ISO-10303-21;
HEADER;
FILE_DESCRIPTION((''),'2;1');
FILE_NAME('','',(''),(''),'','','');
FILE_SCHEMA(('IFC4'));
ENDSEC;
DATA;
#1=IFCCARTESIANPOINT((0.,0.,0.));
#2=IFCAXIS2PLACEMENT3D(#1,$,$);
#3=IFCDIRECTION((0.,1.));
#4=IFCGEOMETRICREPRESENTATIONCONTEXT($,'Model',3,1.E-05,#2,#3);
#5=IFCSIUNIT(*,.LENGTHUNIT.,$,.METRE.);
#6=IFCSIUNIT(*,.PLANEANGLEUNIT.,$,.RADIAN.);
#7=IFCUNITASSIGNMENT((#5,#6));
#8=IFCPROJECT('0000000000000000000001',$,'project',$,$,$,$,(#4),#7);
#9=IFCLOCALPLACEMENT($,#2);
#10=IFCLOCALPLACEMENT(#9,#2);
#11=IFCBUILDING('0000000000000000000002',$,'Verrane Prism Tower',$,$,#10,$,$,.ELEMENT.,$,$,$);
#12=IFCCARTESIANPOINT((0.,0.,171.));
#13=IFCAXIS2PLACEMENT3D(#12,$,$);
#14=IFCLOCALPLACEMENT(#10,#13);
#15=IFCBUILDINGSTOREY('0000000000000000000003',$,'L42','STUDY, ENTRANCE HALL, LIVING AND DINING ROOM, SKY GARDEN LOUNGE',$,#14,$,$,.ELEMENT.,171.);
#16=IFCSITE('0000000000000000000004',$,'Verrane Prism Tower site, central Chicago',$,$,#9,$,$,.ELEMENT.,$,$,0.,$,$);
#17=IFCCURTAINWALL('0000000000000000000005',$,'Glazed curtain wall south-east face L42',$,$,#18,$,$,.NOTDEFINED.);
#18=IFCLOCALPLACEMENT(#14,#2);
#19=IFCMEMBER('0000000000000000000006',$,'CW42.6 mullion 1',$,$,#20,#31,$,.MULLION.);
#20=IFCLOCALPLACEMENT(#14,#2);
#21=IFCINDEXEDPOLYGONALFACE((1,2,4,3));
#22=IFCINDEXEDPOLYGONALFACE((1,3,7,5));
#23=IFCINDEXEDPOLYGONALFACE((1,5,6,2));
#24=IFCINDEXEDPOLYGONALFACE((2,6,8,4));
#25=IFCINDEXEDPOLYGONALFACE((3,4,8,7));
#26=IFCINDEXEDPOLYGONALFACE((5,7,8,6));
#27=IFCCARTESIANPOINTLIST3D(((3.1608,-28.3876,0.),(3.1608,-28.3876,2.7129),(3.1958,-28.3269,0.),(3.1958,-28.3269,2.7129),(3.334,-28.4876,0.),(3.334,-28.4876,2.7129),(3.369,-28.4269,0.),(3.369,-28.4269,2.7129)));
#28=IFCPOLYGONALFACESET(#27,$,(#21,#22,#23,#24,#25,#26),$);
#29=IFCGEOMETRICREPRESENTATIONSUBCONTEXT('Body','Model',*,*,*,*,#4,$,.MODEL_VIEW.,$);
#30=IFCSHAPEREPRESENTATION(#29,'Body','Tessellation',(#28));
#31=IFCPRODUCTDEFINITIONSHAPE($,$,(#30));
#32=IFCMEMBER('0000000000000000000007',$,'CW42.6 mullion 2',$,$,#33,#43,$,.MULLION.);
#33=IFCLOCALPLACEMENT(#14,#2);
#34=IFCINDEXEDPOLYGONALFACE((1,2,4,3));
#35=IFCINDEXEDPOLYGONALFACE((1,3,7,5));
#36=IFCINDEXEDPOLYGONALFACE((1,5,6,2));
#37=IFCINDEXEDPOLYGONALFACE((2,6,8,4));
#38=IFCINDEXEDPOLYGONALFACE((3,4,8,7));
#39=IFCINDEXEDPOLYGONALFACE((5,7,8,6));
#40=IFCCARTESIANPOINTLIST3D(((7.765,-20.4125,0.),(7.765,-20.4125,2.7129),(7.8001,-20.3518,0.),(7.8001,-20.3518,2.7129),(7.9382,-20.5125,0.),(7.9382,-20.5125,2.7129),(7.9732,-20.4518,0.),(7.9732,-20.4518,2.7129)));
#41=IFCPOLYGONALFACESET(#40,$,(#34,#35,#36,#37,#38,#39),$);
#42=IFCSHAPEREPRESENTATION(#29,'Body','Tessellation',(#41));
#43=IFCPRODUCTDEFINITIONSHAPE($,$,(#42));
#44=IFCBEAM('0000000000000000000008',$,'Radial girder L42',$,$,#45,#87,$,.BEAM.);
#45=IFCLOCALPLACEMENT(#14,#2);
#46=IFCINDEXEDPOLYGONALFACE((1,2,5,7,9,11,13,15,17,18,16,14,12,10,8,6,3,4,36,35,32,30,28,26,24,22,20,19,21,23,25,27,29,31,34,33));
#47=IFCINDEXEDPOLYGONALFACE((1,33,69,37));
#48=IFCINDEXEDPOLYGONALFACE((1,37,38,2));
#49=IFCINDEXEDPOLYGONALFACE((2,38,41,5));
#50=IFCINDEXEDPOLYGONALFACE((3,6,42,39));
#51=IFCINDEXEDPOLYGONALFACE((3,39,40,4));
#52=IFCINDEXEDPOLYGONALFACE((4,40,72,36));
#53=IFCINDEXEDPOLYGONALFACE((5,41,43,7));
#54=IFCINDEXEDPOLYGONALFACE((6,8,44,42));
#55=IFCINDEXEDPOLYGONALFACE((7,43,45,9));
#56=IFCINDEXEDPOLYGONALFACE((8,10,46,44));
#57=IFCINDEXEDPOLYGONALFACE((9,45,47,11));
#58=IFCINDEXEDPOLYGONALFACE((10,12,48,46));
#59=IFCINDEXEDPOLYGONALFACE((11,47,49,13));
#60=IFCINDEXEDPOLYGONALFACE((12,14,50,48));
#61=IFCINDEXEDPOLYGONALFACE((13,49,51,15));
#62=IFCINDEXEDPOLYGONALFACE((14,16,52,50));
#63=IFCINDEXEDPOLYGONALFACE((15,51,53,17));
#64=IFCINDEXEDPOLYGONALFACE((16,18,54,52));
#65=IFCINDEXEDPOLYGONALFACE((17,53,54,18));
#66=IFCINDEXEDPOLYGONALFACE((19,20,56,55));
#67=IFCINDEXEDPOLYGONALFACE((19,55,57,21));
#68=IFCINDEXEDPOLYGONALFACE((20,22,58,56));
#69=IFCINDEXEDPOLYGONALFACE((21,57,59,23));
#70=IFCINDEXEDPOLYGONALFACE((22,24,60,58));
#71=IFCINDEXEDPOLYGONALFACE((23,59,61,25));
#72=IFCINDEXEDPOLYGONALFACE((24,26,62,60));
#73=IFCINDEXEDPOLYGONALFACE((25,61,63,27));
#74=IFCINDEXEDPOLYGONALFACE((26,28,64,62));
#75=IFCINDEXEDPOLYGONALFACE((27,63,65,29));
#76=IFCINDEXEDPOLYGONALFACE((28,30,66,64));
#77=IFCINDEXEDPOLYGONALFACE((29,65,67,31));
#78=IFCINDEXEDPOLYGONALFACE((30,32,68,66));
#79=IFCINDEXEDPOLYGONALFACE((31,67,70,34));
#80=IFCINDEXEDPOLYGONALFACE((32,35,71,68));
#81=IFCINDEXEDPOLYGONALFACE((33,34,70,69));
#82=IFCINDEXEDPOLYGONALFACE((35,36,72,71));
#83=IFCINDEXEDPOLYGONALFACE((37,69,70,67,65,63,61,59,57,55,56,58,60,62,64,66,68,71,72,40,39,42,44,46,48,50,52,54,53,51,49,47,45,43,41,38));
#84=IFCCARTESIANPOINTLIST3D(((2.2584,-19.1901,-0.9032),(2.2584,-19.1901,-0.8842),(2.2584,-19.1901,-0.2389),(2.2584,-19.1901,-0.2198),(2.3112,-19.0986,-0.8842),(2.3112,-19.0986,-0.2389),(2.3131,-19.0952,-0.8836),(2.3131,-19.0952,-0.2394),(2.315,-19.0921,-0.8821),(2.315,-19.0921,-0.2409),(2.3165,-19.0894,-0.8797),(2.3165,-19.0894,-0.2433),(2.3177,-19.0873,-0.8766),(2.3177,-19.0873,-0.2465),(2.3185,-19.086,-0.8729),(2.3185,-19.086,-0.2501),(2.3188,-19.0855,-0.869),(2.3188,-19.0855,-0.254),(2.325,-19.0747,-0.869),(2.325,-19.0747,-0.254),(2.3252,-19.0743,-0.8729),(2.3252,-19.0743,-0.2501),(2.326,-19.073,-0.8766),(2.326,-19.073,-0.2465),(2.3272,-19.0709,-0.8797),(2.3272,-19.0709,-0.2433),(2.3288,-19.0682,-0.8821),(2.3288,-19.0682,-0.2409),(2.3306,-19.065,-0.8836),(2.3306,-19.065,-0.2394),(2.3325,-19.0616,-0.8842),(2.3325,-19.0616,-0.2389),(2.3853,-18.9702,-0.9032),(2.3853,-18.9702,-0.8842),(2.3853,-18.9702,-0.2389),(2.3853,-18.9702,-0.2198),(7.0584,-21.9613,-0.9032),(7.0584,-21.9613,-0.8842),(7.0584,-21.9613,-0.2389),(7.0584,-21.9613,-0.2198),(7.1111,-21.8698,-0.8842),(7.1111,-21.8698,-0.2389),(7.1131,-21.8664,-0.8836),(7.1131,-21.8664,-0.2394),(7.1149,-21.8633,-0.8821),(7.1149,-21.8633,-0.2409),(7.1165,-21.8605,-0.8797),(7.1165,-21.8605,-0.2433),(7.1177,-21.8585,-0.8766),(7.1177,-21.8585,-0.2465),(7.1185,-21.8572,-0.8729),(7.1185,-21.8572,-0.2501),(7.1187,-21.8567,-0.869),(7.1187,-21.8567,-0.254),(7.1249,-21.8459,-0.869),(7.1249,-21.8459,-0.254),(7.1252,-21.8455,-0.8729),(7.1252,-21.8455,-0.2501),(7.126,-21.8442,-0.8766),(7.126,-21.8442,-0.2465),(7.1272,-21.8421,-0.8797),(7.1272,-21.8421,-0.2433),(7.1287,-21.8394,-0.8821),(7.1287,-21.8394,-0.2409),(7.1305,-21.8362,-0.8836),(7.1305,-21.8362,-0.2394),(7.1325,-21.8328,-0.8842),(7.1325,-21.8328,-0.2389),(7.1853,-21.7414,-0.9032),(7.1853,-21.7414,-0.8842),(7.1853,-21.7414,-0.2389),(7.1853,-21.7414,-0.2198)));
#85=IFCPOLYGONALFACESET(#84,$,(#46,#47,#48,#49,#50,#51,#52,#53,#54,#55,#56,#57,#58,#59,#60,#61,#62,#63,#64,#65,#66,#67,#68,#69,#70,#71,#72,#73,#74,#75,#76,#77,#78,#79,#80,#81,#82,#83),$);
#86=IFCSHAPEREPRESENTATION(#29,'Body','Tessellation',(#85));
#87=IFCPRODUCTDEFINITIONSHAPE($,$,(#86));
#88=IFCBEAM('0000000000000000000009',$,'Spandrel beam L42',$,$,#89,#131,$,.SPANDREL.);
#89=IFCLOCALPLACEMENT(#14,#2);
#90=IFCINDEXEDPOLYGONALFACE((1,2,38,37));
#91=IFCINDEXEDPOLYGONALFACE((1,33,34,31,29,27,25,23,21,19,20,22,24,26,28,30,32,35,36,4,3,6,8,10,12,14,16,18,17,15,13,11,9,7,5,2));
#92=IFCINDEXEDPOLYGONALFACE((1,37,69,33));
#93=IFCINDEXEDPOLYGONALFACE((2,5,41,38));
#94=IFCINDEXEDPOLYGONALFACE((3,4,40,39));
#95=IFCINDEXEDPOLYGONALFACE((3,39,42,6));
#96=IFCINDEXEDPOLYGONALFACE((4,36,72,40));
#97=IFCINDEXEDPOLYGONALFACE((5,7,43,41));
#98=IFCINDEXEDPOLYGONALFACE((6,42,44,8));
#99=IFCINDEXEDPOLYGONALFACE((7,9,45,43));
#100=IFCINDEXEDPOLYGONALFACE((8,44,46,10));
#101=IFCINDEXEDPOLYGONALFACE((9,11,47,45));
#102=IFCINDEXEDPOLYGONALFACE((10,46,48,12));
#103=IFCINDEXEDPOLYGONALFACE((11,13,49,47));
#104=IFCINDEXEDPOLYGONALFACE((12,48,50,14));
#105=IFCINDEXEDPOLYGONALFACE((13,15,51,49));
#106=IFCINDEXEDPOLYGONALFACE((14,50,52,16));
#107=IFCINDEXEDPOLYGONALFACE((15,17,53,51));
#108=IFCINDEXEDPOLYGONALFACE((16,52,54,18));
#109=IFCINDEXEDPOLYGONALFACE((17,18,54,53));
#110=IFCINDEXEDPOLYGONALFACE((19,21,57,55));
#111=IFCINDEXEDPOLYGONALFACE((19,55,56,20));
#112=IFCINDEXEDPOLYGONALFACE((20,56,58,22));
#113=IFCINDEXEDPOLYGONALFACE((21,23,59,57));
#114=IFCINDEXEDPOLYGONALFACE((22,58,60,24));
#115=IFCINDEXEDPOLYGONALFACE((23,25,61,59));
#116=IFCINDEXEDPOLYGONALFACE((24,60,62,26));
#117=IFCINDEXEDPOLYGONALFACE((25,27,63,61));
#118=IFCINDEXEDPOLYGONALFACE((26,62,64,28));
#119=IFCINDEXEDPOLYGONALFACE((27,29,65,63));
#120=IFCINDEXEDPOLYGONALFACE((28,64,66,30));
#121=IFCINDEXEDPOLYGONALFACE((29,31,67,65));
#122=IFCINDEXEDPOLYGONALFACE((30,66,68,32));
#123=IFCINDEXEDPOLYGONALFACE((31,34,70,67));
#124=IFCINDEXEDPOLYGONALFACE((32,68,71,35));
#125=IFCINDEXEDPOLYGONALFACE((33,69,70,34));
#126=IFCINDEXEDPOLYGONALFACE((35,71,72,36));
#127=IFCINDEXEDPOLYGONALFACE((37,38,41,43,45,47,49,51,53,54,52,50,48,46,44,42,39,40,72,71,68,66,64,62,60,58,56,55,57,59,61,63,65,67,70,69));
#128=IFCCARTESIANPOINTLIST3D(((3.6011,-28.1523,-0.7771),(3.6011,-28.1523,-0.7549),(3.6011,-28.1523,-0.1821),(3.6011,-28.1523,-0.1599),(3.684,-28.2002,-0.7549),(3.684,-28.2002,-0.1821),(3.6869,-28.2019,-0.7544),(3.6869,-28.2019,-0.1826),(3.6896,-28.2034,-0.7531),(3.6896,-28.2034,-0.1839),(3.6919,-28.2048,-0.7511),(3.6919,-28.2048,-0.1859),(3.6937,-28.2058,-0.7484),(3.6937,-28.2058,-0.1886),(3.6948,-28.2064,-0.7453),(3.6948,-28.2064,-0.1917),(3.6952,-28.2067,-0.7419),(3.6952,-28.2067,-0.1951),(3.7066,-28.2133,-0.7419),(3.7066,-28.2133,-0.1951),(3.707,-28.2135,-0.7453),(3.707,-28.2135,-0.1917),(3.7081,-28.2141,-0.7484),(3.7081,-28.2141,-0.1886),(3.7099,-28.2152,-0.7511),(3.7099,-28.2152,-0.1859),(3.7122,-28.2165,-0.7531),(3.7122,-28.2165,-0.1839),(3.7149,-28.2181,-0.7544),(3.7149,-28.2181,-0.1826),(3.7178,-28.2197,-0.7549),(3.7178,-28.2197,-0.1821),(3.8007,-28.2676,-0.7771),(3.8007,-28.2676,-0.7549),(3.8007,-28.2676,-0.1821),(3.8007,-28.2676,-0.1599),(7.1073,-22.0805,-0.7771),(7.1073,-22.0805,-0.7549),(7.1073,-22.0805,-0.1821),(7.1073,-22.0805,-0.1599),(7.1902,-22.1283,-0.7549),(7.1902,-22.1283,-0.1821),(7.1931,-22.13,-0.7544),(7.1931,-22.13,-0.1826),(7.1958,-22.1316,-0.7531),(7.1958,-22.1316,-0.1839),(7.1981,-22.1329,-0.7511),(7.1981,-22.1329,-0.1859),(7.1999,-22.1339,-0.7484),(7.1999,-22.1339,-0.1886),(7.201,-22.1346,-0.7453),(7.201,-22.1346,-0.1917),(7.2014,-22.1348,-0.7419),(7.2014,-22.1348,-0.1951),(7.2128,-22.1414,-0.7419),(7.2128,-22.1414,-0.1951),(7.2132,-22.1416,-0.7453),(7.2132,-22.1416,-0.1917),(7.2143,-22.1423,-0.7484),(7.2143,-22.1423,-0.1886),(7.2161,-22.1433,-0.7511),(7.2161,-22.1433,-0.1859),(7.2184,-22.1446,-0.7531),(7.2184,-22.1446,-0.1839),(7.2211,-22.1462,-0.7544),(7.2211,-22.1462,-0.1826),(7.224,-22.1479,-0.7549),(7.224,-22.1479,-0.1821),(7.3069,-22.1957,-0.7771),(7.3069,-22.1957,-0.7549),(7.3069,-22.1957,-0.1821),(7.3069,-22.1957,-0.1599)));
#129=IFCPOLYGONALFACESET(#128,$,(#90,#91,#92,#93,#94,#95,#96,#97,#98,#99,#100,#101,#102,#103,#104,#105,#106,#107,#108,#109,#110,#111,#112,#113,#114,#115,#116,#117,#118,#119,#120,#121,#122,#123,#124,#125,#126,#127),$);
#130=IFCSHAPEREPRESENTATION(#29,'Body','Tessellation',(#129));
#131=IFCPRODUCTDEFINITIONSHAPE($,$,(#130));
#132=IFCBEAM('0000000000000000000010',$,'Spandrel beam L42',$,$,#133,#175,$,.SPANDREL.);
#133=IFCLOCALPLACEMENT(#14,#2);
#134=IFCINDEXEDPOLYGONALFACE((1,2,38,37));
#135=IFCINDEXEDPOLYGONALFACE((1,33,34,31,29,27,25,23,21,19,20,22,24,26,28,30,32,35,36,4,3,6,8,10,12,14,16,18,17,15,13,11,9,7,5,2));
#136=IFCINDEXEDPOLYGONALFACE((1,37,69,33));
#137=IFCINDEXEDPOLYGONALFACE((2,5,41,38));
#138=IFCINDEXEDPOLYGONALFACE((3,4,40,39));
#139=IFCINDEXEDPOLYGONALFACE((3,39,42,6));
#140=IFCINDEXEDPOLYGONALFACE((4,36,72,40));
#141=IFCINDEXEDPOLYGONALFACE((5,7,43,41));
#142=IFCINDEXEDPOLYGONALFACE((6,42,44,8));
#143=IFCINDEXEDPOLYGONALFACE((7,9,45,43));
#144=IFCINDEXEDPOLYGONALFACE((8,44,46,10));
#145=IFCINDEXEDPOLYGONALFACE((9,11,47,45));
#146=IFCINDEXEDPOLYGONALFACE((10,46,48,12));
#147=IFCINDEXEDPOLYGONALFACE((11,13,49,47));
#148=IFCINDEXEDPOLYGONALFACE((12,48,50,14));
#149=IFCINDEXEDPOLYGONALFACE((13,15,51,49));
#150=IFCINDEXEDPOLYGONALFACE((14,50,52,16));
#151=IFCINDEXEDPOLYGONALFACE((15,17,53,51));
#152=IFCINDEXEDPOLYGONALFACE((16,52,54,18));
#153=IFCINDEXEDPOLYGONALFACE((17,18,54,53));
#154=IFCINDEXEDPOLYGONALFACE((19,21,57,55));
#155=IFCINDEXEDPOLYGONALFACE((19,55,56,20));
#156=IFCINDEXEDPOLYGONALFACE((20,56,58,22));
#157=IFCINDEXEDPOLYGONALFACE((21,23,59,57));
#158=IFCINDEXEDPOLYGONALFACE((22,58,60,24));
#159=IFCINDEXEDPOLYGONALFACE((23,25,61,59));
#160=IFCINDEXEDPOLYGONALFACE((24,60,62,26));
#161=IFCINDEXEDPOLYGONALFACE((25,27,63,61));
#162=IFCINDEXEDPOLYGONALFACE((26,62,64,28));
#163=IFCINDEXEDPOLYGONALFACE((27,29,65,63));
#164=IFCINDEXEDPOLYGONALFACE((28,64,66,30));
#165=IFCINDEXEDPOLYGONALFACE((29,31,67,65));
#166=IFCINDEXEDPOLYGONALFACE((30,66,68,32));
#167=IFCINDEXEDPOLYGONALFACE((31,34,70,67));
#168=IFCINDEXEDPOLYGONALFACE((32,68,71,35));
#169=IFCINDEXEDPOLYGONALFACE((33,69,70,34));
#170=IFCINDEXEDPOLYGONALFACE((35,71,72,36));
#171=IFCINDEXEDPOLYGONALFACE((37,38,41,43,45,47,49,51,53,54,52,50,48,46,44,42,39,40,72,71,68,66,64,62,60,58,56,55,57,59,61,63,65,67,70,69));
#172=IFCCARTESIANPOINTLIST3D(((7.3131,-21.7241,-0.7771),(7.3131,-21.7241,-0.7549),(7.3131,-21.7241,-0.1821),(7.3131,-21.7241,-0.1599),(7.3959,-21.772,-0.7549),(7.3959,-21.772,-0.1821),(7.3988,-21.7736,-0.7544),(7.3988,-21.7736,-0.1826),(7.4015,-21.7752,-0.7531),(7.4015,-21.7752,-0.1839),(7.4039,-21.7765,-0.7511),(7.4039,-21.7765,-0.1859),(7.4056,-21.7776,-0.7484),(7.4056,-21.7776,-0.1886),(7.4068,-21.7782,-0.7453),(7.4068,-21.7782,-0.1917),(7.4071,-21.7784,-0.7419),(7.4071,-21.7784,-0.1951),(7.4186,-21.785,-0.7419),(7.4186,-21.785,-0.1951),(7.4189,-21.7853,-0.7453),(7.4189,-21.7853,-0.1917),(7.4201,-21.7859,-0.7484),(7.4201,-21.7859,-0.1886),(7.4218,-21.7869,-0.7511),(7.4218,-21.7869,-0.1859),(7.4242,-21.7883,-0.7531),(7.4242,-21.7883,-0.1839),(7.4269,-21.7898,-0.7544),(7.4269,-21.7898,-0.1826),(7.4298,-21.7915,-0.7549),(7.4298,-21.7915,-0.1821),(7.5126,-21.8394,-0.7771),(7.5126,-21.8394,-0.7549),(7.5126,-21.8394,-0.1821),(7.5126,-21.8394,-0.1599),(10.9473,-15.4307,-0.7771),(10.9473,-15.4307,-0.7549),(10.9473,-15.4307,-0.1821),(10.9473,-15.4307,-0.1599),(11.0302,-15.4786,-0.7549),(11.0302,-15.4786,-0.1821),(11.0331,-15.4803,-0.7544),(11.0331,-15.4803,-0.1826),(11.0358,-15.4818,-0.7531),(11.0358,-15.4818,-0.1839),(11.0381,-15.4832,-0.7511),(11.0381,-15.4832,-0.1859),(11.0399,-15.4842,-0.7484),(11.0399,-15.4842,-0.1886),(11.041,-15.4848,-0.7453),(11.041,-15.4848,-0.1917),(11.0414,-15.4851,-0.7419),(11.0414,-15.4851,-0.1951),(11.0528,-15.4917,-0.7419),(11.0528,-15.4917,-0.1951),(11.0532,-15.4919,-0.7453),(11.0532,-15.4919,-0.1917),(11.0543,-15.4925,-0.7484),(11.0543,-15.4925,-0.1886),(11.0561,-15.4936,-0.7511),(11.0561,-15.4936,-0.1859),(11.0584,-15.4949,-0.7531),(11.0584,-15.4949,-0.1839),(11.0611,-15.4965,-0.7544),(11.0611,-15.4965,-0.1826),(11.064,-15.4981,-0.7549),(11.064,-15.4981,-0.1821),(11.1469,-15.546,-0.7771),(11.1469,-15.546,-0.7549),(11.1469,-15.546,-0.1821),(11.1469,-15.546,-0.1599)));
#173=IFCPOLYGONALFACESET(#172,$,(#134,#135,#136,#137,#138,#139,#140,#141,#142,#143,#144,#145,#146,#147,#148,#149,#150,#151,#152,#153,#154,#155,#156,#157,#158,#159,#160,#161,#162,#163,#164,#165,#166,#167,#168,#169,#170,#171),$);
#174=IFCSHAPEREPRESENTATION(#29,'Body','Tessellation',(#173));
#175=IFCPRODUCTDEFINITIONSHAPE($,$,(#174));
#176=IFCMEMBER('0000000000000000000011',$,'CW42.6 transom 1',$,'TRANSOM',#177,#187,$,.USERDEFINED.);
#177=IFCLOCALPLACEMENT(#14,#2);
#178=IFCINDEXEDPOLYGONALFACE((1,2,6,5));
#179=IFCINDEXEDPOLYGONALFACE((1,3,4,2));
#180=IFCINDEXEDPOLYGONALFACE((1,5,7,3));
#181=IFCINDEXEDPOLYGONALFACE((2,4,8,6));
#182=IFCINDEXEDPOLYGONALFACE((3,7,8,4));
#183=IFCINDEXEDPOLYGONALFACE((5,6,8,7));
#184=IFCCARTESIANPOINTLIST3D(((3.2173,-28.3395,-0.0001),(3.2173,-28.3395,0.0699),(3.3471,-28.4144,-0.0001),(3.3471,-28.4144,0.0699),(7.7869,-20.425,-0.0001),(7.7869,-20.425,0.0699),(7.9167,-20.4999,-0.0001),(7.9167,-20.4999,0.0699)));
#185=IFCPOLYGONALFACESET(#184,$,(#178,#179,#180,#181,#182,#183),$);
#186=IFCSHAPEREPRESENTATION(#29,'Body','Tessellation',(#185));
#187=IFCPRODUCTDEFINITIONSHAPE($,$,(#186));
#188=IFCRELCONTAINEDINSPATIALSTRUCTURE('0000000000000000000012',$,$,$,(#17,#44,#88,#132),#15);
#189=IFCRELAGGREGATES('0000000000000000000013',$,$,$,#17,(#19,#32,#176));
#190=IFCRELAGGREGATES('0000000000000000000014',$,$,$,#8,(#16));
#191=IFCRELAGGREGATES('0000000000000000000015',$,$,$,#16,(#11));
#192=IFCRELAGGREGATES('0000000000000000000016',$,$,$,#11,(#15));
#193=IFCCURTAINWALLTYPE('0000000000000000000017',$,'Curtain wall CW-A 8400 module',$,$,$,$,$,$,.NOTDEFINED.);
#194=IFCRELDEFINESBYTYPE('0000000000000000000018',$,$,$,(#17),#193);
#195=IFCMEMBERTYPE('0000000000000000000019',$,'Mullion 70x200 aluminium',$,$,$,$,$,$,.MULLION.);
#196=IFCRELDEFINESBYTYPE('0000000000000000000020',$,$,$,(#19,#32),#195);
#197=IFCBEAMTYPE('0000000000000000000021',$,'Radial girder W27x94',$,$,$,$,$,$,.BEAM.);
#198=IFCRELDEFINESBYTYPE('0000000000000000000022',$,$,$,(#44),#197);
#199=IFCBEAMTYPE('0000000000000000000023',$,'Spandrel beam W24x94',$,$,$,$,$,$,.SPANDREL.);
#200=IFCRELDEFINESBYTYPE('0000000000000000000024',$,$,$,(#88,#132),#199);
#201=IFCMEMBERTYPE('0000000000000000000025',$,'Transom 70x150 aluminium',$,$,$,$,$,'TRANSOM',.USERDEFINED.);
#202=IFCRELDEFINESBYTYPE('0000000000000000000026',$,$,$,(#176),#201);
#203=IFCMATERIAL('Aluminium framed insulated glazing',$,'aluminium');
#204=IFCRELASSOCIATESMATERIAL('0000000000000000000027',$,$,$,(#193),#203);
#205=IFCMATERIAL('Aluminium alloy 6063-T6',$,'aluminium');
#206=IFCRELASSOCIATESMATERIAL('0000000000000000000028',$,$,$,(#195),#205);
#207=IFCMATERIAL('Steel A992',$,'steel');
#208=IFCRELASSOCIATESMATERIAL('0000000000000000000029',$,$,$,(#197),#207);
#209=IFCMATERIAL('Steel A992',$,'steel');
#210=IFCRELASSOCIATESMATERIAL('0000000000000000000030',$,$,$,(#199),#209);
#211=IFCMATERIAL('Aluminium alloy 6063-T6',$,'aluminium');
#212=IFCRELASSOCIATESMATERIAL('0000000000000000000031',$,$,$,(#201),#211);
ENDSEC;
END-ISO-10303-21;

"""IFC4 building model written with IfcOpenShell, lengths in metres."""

from ifc_helpers import new_model, si_unit, direction, frame, origin, origin_2d, place, context, subcontext, project, spatial, rectangle, i_section, extrude, material, material_profile, profile_set, type_object, element, aggregate, save


model = new_model("IFC4")

# Units and contexts
model_context = context("Model", 3, precision=1e-05, world=origin(), true_north=direction((0.0, 1.0)))
body_context = subcontext(model_context, "Body", "Model", "MODEL_VIEW")
ifc_project = project(units=[si_unit("LENGTHUNIT", "METRE"), si_unit("PLANEANGLEUNIT", "RADIAN")], contexts=[model_context])

# Site, building, storey
site_placement = place(None, origin())
site = spatial("IfcSite", under=ifc_project, at=site_placement, Name="Verrane Prism Tower site, central Chicago", CompositionType="ELEMENT", RefElevation=0.0)
building_placement = place(site_placement, origin())
building = spatial("IfcBuilding", under=site, at=building_placement, Name="Verrane Prism Tower", CompositionType="ELEMENT")
storey_placement = place(building_placement, frame((0.0, 0.0, 171.0)))
storey = spatial("IfcBuildingStorey", under=building, at=storey_placement, Name="L42", Description="STUDY, ENTRANCE HALL, LIVING AND DINING ROOM, SKY GARDEN LOUNGE", CompositionType="ELEMENT", Elevation=171.0)

# Curtain wall, members
ifc_material_1 = material(Name="Aluminium framed insulated glazing", Category="aluminium")
curtain_wall_type = type_object("IfcCurtainWallType", Name="Curtain wall CW-A 8400 module", PredefinedType="NOTDEFINED", material=ifc_material_1)
curtain_wall_1_placement = place(storey_placement, origin())
curtain_wall_1 = element("IfcCurtainWall", 1, at=curtain_wall_1_placement, inside=storey, type_object=curtain_wall_type, Name="Glazed curtain wall south-east face L42", PredefinedType="NOTDEFINED")
ifc_material_2 = material(Name="Aluminium alloy 6063-T6", Category="aluminium")
ifc_material_profile_1 = material_profile(ifc_material_2, rectangle(XDim=0.2, YDim=0.0701, at=origin_2d()), Name="Mullion 70x200 aluminium")
ifc_profile_set_1 = profile_set([ifc_material_profile_1], Name="Aluminium alloy 6063-T6")
member_type_1 = type_object("IfcMemberType", Name="Mullion 70x200 aluminium", PredefinedType="MULLION", material=ifc_profile_set_1)
member_1_placement = place(storey_placement, frame((3.2649, -28.4072, 0.0), z_axis=(0.0, 0.0, 1.0), x_axis=(-0.866026, 0.499998, 0.0)))
member_1 = element("IfcMember", 2, at=member_1_placement, type_object=member_type_1, Name="CW42.6 mullion 1", PredefinedType="MULLION", context=body_context, shape_type="SweptSolid", body=[
    extrude(rectangle(XDim=0.2, YDim=0.0701, at=origin_2d()), origin(), (0.0, 0.0, 1.0), 2.7129),
])
member_2_placement = place(storey_placement, frame((7.8691, -20.4321, 0.0), z_axis=(0.0, 0.0, 1.0), x_axis=(-0.866026, 0.499998, 0.0)))
member_2 = element("IfcMember", 3, at=member_2_placement, type_object=member_type_1, Name="CW42.6 mullion 2", PredefinedType="MULLION", context=body_context, shape_type="SweptSolid", body=[
    extrude(rectangle(XDim=0.2, YDim=0.0701, at=origin_2d()), origin(), (0.0, 0.0, 1.0), 2.7129),
])

# Beams
ifc_material_3 = material(Name="Steel A992", Category="steel")
ifc_material_profile_2 = material_profile(ifc_material_3, i_section(OverallWidth=0.2539, OverallDepth=0.6833, WebThickness=0.0125, FlangeThickness=0.019, FilletRadius=0.0151, at=origin_2d()), Name="W27x94")
ifc_profile_set_2 = profile_set([ifc_material_profile_2], Name="Steel A992")
beam_type_1 = type_object("IfcBeamType", Name="Radial girder W27x94", PredefinedType="BEAM", material=ifc_profile_set_2)
beam_1_placement = place(storey_placement, frame((7.1218, -21.8513, -0.5615), z_axis=(-0.866031, 0.499991, 0.0), x_axis=(-0.499991, -0.866031, 0.0)))
element("IfcBeam", 4, at=beam_1_placement, inside=storey, type_object=beam_type_1, Name="Radial girder L42", PredefinedType="BEAM", context=body_context, shape_type="SweptSolid", body=[
    extrude(i_section(OverallWidth=0.2539, OverallDepth=0.6833, WebThickness=0.0125, FlangeThickness=0.019, FilletRadius=0.0151, at=origin_2d()), origin(), (0.0, 0.0, 1.0), 5.5425),
])
ifc_material_4 = material(Name="Steel A992", Category="steel")
ifc_material_profile_3 = material_profile(ifc_material_4, i_section(OverallWidth=0.2305, OverallDepth=0.6172, WebThickness=0.0132, FlangeThickness=0.0222, FilletRadius=0.0129, at=origin_2d()), Name="W24x94")
ifc_profile_set_3 = profile_set([ifc_material_profile_3], Name="Steel A992")
beam_type_2 = type_object("IfcBeamType", Name="Spandrel beam W24x94", PredefinedType="SPANDREL", material=ifc_profile_set_3)
beam_2_placement = place(storey_placement, frame((3.7009, -28.21, -0.4685), z_axis=(0.50006, 0.865991, 0.0), x_axis=(-0.865991, 0.50006, 0.0)))
element("IfcBeam", 5, at=beam_2_placement, inside=storey, type_object=beam_type_2, Name="Spandrel beam L42", PredefinedType="SPANDREL", context=body_context, shape_type="SweptSolid", body=[
    extrude(i_section(OverallWidth=0.2305, OverallDepth=0.6172, WebThickness=0.0132, FlangeThickness=0.0222, FilletRadius=0.0129, at=origin_2d()), origin(), (0.0, 0.0, 1.0), 7.0115),
])
beam_3_placement = place(storey_placement, frame((7.4128, -21.7817, -0.4685), z_axis=(0.500077, 0.865981, 0.0), x_axis=(-0.865981, 0.500077, 0.0)))
element("IfcBeam", 6, at=beam_3_placement, inside=storey, type_object=beam_type_2, Name="Spandrel beam L42", PredefinedType="SPANDREL", context=body_context, shape_type="SweptSolid", body=[
    extrude(i_section(OverallWidth=0.2305, OverallDepth=0.6172, WebThickness=0.0132, FlangeThickness=0.0222, FilletRadius=0.0129, at=origin_2d()), origin(), (0.0, 0.0, 1.0), 7.2673),
])

# Member
ifc_material_5 = material(Name="Aluminium alloy 6063-T6", Category="aluminium")
ifc_material_profile_4 = material_profile(ifc_material_5, rectangle(XDim=0.1499, YDim=0.0701, at=origin_2d()), Name="Transom 70x150 aluminium")
ifc_profile_set_4 = profile_set([ifc_material_profile_4], Name="Aluminium alloy 6063-T6")
member_type_2 = type_object("IfcMemberType", Name="Transom 70x150 aluminium", ElementType="TRANSOM", PredefinedType="USERDEFINED", material=ifc_profile_set_4)
member_3_placement = place(storey_placement, frame((3.2822, -28.377, 0.0349), z_axis=(0.500009, 0.86602, 0.0), x_axis=(-0.86602, 0.500009, 0.0)))
member_3 = element("IfcMember", 7, at=member_3_placement, type_object=member_type_2, Name="CW42.6 transom 1", ObjectType="TRANSOM", PredefinedType="USERDEFINED", context=body_context, shape_type="SweptSolid", body=[
    extrude(rectangle(XDim=0.1499, YDim=0.0701, at=origin_2d()), origin(), (0.0, 0.0, 1.0), 9.1389),
])

aggregate(curtain_wall_1, [member_1, member_2, member_3])

save(model, "model.ifc")
